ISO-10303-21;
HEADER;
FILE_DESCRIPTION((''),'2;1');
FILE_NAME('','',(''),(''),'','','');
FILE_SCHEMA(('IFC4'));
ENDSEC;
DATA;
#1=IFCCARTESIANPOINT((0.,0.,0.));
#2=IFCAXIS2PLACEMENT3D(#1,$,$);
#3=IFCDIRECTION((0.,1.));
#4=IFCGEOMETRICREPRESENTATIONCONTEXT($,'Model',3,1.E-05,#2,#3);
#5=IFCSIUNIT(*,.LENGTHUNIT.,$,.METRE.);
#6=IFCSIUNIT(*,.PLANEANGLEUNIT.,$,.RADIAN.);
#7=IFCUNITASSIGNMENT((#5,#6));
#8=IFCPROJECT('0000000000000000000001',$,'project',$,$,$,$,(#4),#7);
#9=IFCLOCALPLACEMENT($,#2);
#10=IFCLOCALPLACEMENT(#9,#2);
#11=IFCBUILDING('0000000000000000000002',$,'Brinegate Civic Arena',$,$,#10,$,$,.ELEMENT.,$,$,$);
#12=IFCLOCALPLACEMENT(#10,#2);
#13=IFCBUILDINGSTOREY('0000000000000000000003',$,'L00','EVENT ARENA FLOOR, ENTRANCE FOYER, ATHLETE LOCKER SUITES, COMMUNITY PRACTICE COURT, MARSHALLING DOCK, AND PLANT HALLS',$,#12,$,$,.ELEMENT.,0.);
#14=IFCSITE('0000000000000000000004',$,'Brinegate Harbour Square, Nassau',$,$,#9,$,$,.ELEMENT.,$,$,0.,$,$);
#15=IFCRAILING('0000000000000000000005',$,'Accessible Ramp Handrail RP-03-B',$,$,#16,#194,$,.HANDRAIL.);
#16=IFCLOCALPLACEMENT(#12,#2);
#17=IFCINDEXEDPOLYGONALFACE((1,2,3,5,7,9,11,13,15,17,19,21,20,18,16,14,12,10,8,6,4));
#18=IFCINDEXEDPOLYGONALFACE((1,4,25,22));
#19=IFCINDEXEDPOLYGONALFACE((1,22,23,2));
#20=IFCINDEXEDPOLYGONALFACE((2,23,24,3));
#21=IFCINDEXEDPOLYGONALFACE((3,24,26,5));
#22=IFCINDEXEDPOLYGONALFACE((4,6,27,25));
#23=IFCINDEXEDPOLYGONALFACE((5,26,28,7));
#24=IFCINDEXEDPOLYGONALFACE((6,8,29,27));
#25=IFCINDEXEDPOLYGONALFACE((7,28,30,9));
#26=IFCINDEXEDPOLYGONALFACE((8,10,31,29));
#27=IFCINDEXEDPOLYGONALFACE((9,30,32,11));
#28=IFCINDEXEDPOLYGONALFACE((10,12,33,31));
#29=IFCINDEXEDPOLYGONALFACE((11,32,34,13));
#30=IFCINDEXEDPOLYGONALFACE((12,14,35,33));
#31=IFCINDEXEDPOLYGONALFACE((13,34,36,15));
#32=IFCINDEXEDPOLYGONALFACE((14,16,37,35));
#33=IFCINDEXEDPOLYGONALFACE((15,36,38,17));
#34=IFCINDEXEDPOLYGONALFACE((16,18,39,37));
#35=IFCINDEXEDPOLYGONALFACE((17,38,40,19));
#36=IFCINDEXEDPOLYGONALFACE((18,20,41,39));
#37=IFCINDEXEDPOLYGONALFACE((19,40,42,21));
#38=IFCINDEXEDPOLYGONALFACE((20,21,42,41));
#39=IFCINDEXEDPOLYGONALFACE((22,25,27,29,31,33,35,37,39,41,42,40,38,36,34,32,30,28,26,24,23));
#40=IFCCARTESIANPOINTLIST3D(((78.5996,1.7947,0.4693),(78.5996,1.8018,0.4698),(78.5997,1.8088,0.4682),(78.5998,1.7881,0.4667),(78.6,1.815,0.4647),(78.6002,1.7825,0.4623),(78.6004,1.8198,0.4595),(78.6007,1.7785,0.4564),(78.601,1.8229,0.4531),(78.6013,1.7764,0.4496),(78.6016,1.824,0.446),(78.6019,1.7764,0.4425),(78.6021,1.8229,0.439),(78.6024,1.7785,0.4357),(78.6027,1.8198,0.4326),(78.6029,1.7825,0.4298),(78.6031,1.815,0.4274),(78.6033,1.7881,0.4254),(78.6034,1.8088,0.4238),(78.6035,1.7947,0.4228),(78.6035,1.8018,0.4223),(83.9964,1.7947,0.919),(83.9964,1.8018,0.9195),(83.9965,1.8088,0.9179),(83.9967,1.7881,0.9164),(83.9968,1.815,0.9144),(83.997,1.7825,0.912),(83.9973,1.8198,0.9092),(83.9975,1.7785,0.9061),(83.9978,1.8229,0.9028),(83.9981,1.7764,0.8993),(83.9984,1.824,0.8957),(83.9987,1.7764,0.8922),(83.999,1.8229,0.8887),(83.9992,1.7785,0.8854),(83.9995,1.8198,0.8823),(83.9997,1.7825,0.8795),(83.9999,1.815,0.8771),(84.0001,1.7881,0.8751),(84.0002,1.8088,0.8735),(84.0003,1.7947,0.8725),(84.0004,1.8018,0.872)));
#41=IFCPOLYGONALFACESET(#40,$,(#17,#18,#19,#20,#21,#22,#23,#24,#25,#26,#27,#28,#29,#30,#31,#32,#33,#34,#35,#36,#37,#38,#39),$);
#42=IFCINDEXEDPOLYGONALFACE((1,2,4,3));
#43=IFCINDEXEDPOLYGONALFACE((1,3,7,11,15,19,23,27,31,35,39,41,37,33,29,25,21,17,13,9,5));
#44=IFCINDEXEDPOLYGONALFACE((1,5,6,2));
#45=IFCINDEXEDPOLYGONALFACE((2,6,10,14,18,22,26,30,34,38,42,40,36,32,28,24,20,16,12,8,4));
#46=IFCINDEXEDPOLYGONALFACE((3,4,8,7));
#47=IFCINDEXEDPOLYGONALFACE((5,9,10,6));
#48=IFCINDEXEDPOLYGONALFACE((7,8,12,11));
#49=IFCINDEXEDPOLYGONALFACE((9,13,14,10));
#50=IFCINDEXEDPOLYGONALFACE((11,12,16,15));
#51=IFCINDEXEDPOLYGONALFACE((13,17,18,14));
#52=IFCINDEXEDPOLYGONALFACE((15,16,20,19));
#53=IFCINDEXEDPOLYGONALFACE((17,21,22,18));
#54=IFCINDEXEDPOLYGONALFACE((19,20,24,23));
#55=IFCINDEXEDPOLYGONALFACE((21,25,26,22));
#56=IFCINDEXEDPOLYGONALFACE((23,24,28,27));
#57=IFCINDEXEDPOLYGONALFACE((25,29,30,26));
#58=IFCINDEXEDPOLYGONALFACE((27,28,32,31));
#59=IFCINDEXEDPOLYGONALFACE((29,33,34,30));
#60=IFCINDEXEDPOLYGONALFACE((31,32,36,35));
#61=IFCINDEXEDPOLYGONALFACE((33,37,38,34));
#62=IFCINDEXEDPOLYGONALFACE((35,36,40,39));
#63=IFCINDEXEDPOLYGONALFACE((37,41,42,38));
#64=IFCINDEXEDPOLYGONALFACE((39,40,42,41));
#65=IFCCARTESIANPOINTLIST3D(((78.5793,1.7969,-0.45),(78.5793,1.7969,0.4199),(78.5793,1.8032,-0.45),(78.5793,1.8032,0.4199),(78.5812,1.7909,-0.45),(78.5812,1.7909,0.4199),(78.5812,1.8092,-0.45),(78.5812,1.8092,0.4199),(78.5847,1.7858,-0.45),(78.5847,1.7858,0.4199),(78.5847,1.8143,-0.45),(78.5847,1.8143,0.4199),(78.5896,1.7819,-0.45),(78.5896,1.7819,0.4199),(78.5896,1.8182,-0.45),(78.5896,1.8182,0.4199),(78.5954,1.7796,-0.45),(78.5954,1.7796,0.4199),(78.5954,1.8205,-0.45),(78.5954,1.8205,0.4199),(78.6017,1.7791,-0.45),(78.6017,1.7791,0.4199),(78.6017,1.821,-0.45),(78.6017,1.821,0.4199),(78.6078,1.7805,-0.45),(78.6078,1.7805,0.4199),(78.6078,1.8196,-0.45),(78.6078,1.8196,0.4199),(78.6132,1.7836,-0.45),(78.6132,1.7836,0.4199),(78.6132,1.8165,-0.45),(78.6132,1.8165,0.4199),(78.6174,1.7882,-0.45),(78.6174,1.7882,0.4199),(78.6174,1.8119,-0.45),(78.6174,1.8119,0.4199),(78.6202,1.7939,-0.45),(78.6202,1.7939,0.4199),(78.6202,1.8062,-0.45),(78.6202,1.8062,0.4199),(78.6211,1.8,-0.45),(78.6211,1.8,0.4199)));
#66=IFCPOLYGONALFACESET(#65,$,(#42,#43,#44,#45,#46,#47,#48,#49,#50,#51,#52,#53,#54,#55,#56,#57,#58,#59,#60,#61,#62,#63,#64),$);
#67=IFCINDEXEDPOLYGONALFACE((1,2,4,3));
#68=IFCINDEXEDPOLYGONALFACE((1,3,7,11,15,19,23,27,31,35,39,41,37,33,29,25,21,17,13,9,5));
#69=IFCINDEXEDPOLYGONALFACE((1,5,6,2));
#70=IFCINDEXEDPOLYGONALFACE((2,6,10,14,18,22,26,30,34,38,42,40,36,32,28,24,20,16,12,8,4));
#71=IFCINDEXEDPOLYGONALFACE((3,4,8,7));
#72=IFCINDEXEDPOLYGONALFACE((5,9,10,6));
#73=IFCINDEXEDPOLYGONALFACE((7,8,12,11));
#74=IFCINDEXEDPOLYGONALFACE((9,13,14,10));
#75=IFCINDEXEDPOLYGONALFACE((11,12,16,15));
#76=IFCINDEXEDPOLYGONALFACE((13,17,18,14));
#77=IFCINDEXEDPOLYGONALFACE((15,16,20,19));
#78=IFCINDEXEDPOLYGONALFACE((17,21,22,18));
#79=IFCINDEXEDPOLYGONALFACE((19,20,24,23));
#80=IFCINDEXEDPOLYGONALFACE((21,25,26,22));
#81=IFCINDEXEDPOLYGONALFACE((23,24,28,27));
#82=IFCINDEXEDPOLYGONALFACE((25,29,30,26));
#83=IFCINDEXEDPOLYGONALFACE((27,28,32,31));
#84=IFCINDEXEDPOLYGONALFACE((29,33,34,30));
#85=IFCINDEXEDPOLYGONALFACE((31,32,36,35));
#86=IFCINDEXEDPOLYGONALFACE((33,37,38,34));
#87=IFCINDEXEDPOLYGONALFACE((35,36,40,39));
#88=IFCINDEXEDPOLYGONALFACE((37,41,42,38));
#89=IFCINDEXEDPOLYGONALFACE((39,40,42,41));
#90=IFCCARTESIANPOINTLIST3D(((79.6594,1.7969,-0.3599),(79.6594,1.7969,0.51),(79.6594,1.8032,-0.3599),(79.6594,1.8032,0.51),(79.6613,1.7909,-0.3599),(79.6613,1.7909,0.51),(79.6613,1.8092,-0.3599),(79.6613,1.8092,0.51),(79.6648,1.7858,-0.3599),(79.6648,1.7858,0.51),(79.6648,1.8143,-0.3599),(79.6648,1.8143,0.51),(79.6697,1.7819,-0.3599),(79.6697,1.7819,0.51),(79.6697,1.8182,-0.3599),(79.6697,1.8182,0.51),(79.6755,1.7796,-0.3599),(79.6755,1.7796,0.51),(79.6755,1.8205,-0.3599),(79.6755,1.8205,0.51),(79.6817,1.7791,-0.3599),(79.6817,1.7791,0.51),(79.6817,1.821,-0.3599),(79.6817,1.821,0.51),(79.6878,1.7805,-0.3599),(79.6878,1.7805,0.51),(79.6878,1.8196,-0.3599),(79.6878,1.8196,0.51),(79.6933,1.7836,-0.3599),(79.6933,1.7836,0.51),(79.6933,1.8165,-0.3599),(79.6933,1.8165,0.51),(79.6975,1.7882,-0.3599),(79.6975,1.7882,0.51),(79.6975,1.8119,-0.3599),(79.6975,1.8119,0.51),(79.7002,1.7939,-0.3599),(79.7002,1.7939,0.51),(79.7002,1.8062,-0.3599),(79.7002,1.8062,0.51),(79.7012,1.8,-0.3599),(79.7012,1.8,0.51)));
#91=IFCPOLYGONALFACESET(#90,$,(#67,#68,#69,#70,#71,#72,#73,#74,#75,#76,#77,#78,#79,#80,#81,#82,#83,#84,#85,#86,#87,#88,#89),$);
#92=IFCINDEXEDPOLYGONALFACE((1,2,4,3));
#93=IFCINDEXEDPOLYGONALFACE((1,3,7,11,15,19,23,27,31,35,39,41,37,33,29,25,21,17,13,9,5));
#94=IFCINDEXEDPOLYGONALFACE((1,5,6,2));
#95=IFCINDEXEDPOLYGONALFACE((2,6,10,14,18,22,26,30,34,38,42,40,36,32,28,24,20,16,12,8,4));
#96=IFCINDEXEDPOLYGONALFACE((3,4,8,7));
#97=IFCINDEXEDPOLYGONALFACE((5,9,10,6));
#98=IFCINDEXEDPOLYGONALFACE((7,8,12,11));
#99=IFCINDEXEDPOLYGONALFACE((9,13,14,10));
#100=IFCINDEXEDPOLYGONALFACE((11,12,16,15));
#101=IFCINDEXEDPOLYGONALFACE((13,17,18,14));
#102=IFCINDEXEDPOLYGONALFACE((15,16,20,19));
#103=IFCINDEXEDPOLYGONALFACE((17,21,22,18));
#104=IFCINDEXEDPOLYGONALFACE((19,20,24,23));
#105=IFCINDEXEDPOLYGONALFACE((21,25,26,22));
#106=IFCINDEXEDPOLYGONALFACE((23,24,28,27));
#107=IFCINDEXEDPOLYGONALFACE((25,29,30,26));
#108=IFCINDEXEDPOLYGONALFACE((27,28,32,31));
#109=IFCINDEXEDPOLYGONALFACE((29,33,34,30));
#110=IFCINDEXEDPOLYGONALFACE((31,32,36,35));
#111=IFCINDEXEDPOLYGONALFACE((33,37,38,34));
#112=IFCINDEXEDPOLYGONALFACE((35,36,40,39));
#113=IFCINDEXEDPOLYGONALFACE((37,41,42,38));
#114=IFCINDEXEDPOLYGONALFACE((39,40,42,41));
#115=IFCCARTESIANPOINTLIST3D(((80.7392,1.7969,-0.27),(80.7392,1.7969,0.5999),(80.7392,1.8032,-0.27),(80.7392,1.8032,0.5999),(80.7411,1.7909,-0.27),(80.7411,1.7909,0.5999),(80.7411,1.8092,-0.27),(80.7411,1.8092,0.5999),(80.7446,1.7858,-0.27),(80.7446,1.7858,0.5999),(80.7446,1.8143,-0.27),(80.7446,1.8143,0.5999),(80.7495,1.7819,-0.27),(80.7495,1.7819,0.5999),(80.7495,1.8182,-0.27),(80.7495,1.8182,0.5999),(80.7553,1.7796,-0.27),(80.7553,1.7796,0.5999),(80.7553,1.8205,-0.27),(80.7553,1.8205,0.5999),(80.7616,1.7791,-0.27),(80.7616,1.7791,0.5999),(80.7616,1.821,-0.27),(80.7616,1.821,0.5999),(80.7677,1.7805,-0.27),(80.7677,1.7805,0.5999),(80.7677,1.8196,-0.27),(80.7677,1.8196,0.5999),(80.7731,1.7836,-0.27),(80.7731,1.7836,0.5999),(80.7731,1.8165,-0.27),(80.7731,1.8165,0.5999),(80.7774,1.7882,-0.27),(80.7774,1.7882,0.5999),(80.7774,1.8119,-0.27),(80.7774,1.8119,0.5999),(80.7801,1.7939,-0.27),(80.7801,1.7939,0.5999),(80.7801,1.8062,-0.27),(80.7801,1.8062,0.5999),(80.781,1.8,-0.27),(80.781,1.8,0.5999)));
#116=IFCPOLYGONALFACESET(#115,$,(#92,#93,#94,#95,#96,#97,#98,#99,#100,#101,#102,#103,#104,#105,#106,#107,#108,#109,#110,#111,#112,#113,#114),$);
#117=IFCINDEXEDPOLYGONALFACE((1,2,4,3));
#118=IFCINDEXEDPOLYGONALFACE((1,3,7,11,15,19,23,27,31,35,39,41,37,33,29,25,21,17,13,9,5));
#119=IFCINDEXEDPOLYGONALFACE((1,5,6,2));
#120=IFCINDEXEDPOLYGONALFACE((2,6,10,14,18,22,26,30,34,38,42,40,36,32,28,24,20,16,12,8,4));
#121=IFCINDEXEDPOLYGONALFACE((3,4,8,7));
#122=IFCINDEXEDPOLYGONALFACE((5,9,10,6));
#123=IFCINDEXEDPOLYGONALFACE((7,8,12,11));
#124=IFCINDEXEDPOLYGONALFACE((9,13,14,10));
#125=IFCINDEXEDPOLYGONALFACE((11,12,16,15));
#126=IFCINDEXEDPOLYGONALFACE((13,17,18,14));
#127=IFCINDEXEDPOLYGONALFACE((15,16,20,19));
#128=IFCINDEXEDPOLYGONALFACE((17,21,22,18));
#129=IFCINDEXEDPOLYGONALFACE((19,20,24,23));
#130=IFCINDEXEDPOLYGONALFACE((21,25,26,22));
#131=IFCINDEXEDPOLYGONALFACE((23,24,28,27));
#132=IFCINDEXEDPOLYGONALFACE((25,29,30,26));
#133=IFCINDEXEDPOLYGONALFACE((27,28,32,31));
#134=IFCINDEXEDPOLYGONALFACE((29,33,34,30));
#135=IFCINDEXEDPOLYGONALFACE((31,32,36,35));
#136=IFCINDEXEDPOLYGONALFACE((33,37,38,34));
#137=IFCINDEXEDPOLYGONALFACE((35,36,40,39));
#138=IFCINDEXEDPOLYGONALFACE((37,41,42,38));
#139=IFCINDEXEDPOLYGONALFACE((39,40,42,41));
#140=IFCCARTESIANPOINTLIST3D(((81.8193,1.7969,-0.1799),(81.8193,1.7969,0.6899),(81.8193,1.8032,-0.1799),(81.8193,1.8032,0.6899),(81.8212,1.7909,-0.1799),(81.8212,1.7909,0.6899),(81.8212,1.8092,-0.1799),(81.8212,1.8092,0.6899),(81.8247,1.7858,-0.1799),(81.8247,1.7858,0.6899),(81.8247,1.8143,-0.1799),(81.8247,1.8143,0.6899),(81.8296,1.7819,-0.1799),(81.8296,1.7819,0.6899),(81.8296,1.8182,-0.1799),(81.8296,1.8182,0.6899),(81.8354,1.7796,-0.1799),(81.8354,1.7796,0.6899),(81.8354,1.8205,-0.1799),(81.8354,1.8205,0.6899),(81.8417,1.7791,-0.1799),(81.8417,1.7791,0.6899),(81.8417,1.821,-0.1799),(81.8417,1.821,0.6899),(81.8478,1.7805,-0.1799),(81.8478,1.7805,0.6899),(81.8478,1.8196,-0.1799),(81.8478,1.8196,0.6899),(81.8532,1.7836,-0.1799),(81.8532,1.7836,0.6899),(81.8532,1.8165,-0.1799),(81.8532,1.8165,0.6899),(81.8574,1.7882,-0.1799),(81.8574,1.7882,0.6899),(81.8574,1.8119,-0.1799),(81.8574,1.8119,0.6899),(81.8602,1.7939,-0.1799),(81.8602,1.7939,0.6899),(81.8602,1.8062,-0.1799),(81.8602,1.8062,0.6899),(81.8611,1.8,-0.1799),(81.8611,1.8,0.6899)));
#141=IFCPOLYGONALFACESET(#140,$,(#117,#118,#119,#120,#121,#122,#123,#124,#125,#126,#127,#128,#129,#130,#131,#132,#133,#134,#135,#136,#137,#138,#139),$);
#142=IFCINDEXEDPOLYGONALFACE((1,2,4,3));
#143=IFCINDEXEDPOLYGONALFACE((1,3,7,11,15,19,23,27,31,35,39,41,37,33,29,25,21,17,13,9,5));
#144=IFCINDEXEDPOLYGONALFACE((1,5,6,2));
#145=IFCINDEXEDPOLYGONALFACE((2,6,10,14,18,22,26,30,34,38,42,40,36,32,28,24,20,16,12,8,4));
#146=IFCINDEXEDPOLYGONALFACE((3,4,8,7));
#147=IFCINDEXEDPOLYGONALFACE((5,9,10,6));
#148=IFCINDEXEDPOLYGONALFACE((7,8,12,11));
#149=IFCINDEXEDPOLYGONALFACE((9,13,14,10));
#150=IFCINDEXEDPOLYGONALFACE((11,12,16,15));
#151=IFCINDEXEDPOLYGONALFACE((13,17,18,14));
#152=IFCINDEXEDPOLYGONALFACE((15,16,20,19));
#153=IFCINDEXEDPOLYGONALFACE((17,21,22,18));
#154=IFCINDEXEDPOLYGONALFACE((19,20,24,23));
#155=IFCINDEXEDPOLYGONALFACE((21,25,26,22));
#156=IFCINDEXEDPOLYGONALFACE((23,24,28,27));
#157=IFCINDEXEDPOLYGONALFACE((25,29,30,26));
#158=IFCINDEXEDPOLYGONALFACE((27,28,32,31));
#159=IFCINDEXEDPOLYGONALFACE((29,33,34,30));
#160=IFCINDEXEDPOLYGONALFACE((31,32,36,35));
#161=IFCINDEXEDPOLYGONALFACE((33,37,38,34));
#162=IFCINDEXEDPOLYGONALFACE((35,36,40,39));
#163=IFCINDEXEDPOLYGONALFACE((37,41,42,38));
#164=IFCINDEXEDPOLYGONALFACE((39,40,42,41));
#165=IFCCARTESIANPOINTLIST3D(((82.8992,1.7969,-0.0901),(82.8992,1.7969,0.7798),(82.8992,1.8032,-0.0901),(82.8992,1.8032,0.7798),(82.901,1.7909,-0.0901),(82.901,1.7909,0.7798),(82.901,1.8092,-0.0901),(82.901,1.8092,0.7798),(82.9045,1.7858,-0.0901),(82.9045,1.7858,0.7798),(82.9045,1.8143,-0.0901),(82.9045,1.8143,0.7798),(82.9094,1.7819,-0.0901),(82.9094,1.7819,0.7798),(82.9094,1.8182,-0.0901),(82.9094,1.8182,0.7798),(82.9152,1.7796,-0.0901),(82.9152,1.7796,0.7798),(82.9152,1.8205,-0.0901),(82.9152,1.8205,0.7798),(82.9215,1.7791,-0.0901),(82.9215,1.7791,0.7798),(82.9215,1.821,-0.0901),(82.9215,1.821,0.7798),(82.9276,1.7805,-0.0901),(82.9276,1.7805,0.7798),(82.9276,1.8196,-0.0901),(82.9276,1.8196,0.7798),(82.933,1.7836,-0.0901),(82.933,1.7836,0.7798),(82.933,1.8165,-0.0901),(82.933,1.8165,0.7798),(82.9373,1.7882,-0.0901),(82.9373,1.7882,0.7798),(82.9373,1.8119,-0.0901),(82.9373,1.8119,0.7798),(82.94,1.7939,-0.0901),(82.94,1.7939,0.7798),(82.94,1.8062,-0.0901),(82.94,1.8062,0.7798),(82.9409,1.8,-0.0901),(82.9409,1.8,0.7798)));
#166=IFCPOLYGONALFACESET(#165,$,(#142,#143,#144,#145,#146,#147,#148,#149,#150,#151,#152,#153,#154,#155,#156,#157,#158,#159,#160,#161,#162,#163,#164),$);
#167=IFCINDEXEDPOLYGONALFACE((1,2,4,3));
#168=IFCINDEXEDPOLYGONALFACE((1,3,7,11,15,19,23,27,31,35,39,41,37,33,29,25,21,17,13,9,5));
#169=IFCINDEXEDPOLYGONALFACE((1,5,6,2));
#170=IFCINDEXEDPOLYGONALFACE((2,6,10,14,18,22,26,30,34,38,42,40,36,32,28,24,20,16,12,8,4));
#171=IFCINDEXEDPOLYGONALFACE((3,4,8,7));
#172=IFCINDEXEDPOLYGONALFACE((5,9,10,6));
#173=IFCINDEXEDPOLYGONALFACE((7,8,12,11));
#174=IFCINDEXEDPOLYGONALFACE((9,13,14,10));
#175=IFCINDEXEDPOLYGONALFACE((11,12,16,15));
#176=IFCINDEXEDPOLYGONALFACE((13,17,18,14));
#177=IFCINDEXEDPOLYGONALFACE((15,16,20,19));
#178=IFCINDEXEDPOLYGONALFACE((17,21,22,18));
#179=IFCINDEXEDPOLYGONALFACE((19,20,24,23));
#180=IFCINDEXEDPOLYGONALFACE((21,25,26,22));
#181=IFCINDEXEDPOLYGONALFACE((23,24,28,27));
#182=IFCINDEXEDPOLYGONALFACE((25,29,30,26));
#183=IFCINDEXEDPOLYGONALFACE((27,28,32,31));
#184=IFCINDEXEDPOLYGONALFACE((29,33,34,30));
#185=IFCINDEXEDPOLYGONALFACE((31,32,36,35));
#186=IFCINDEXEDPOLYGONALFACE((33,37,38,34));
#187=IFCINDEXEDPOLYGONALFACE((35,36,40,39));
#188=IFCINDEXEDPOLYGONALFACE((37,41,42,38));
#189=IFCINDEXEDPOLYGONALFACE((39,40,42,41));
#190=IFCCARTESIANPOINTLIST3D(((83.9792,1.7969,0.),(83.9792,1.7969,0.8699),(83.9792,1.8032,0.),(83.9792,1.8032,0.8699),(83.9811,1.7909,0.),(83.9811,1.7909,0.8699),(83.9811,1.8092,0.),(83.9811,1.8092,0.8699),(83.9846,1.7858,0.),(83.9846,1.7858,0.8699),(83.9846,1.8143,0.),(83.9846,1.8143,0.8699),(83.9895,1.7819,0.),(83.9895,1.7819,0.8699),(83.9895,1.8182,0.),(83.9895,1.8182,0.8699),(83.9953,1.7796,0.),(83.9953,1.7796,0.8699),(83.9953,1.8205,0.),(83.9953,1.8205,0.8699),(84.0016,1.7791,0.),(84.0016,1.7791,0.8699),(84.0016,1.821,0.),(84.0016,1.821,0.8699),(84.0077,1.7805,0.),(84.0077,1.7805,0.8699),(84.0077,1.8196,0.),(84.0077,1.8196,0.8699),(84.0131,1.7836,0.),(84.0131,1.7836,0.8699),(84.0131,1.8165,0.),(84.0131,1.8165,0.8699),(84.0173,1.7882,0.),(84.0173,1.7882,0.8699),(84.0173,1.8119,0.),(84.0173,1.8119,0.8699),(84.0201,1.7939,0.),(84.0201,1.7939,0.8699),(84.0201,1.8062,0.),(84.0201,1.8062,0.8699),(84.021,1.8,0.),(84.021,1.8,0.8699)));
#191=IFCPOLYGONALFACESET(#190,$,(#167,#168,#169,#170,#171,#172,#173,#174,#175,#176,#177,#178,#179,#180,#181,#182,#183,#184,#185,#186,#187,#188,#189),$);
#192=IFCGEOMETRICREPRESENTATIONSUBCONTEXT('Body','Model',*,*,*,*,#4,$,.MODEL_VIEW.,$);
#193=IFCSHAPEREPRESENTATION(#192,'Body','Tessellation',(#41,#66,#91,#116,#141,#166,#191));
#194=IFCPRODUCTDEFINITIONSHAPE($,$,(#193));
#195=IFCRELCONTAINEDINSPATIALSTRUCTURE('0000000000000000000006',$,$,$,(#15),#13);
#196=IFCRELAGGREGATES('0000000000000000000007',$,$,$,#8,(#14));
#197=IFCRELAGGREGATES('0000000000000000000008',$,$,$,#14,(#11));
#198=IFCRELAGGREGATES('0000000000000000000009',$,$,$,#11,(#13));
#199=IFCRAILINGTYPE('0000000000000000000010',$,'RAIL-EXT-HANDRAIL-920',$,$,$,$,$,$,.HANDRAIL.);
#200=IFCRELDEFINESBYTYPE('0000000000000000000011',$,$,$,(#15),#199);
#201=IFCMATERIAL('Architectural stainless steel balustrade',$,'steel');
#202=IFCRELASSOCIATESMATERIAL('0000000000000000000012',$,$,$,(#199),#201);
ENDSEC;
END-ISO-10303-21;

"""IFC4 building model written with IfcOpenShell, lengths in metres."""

from ifc_helpers import new_model, si_unit, direction, frame, origin, origin_2d, place, context, subcontext, project, spatial, circle, extrude, material, type_object, element, save


model = new_model("IFC4")

# Units and contexts
model_context = context("Model", 3, precision=1e-05, world=origin(), true_north=direction((0.0, 1.0)))
body_context = subcontext(model_context, "Body", "Model", "MODEL_VIEW")
ifc_project = project(units=[si_unit("LENGTHUNIT", "METRE"), si_unit("PLANEANGLEUNIT", "RADIAN")], contexts=[model_context])

# Site, building, storey
site_placement = place(None, origin())
site = spatial("IfcSite", under=ifc_project, at=site_placement, Name="Brinegate Harbour Square, Nassau", CompositionType="ELEMENT", RefElevation=0.0)
building_placement = place(site_placement, origin())
building = spatial("IfcBuilding", under=site, at=building_placement, Name="Brinegate Civic Arena", CompositionType="ELEMENT")
storey_placement = place(building_placement, origin())
storey = spatial("IfcBuildingStorey", under=building, at=storey_placement, Name="L00", Description="EVENT ARENA FLOOR, ENTRANCE FOYER, ATHLETE LOCKER SUITES, COMMUNITY PRACTICE COURT, MARSHALLING DOCK, AND PLANT HALLS", CompositionType="ELEMENT", Elevation=0.0)

# Railing
ifc_material_1 = material(Name="Architectural stainless steel balustrade", Category="steel")
railing_type = type_object("IfcRailingType", Name="RAIL-EXT-HANDRAIL-920", PredefinedType="HANDRAIL", material=ifc_material_1)
railing_placement = place(storey_placement, frame((78.6001, 1.8, -0.45)))
element("IfcRailing", 1, at=railing_placement, inside=storey, type_object=railing_type, Name="Accessible Ramp Handrail RP-03-B", PredefinedType="HANDRAIL", context=body_context, shape_type="SweptSolid", body=[
    extrude(circle(Radius=0.0239, at=origin_2d()), frame((0.0015, 0.0, 0.896), z_axis=(0.996546, 0.0, 0.083038), x_axis=(0.0, 1.0, 0.0)), (0.0, 0.0, 1.0), 5.4155),
    extrude(circle(Radius=0.021, at=origin_2d()), origin(), (0.0, 0.0, 1.0), 0.8699),
    extrude(circle(Radius=0.021, at=origin_2d()), frame((1.0801, 0.0, 0.0901)), (0.0, 0.0, 1.0), 0.8699),
    extrude(circle(Radius=0.021, at=origin_2d()), frame((2.1599, 0.0, 0.1799)), (0.0, 0.0, 1.0), 0.8699),
    extrude(circle(Radius=0.021, at=origin_2d()), frame((3.24, 0.0, 0.27)), (0.0, 0.0, 1.0), 0.8699),
    extrude(circle(Radius=0.021, at=origin_2d()), frame((4.3198, 0.0, 0.3599)), (0.0, 0.0, 1.0), 0.8699),
    extrude(circle(Radius=0.021, at=origin_2d()), frame((5.3999, 0.0, 0.45)), (0.0, 0.0, 1.0), 0.8699),
])

save(model, "model.ifc")
